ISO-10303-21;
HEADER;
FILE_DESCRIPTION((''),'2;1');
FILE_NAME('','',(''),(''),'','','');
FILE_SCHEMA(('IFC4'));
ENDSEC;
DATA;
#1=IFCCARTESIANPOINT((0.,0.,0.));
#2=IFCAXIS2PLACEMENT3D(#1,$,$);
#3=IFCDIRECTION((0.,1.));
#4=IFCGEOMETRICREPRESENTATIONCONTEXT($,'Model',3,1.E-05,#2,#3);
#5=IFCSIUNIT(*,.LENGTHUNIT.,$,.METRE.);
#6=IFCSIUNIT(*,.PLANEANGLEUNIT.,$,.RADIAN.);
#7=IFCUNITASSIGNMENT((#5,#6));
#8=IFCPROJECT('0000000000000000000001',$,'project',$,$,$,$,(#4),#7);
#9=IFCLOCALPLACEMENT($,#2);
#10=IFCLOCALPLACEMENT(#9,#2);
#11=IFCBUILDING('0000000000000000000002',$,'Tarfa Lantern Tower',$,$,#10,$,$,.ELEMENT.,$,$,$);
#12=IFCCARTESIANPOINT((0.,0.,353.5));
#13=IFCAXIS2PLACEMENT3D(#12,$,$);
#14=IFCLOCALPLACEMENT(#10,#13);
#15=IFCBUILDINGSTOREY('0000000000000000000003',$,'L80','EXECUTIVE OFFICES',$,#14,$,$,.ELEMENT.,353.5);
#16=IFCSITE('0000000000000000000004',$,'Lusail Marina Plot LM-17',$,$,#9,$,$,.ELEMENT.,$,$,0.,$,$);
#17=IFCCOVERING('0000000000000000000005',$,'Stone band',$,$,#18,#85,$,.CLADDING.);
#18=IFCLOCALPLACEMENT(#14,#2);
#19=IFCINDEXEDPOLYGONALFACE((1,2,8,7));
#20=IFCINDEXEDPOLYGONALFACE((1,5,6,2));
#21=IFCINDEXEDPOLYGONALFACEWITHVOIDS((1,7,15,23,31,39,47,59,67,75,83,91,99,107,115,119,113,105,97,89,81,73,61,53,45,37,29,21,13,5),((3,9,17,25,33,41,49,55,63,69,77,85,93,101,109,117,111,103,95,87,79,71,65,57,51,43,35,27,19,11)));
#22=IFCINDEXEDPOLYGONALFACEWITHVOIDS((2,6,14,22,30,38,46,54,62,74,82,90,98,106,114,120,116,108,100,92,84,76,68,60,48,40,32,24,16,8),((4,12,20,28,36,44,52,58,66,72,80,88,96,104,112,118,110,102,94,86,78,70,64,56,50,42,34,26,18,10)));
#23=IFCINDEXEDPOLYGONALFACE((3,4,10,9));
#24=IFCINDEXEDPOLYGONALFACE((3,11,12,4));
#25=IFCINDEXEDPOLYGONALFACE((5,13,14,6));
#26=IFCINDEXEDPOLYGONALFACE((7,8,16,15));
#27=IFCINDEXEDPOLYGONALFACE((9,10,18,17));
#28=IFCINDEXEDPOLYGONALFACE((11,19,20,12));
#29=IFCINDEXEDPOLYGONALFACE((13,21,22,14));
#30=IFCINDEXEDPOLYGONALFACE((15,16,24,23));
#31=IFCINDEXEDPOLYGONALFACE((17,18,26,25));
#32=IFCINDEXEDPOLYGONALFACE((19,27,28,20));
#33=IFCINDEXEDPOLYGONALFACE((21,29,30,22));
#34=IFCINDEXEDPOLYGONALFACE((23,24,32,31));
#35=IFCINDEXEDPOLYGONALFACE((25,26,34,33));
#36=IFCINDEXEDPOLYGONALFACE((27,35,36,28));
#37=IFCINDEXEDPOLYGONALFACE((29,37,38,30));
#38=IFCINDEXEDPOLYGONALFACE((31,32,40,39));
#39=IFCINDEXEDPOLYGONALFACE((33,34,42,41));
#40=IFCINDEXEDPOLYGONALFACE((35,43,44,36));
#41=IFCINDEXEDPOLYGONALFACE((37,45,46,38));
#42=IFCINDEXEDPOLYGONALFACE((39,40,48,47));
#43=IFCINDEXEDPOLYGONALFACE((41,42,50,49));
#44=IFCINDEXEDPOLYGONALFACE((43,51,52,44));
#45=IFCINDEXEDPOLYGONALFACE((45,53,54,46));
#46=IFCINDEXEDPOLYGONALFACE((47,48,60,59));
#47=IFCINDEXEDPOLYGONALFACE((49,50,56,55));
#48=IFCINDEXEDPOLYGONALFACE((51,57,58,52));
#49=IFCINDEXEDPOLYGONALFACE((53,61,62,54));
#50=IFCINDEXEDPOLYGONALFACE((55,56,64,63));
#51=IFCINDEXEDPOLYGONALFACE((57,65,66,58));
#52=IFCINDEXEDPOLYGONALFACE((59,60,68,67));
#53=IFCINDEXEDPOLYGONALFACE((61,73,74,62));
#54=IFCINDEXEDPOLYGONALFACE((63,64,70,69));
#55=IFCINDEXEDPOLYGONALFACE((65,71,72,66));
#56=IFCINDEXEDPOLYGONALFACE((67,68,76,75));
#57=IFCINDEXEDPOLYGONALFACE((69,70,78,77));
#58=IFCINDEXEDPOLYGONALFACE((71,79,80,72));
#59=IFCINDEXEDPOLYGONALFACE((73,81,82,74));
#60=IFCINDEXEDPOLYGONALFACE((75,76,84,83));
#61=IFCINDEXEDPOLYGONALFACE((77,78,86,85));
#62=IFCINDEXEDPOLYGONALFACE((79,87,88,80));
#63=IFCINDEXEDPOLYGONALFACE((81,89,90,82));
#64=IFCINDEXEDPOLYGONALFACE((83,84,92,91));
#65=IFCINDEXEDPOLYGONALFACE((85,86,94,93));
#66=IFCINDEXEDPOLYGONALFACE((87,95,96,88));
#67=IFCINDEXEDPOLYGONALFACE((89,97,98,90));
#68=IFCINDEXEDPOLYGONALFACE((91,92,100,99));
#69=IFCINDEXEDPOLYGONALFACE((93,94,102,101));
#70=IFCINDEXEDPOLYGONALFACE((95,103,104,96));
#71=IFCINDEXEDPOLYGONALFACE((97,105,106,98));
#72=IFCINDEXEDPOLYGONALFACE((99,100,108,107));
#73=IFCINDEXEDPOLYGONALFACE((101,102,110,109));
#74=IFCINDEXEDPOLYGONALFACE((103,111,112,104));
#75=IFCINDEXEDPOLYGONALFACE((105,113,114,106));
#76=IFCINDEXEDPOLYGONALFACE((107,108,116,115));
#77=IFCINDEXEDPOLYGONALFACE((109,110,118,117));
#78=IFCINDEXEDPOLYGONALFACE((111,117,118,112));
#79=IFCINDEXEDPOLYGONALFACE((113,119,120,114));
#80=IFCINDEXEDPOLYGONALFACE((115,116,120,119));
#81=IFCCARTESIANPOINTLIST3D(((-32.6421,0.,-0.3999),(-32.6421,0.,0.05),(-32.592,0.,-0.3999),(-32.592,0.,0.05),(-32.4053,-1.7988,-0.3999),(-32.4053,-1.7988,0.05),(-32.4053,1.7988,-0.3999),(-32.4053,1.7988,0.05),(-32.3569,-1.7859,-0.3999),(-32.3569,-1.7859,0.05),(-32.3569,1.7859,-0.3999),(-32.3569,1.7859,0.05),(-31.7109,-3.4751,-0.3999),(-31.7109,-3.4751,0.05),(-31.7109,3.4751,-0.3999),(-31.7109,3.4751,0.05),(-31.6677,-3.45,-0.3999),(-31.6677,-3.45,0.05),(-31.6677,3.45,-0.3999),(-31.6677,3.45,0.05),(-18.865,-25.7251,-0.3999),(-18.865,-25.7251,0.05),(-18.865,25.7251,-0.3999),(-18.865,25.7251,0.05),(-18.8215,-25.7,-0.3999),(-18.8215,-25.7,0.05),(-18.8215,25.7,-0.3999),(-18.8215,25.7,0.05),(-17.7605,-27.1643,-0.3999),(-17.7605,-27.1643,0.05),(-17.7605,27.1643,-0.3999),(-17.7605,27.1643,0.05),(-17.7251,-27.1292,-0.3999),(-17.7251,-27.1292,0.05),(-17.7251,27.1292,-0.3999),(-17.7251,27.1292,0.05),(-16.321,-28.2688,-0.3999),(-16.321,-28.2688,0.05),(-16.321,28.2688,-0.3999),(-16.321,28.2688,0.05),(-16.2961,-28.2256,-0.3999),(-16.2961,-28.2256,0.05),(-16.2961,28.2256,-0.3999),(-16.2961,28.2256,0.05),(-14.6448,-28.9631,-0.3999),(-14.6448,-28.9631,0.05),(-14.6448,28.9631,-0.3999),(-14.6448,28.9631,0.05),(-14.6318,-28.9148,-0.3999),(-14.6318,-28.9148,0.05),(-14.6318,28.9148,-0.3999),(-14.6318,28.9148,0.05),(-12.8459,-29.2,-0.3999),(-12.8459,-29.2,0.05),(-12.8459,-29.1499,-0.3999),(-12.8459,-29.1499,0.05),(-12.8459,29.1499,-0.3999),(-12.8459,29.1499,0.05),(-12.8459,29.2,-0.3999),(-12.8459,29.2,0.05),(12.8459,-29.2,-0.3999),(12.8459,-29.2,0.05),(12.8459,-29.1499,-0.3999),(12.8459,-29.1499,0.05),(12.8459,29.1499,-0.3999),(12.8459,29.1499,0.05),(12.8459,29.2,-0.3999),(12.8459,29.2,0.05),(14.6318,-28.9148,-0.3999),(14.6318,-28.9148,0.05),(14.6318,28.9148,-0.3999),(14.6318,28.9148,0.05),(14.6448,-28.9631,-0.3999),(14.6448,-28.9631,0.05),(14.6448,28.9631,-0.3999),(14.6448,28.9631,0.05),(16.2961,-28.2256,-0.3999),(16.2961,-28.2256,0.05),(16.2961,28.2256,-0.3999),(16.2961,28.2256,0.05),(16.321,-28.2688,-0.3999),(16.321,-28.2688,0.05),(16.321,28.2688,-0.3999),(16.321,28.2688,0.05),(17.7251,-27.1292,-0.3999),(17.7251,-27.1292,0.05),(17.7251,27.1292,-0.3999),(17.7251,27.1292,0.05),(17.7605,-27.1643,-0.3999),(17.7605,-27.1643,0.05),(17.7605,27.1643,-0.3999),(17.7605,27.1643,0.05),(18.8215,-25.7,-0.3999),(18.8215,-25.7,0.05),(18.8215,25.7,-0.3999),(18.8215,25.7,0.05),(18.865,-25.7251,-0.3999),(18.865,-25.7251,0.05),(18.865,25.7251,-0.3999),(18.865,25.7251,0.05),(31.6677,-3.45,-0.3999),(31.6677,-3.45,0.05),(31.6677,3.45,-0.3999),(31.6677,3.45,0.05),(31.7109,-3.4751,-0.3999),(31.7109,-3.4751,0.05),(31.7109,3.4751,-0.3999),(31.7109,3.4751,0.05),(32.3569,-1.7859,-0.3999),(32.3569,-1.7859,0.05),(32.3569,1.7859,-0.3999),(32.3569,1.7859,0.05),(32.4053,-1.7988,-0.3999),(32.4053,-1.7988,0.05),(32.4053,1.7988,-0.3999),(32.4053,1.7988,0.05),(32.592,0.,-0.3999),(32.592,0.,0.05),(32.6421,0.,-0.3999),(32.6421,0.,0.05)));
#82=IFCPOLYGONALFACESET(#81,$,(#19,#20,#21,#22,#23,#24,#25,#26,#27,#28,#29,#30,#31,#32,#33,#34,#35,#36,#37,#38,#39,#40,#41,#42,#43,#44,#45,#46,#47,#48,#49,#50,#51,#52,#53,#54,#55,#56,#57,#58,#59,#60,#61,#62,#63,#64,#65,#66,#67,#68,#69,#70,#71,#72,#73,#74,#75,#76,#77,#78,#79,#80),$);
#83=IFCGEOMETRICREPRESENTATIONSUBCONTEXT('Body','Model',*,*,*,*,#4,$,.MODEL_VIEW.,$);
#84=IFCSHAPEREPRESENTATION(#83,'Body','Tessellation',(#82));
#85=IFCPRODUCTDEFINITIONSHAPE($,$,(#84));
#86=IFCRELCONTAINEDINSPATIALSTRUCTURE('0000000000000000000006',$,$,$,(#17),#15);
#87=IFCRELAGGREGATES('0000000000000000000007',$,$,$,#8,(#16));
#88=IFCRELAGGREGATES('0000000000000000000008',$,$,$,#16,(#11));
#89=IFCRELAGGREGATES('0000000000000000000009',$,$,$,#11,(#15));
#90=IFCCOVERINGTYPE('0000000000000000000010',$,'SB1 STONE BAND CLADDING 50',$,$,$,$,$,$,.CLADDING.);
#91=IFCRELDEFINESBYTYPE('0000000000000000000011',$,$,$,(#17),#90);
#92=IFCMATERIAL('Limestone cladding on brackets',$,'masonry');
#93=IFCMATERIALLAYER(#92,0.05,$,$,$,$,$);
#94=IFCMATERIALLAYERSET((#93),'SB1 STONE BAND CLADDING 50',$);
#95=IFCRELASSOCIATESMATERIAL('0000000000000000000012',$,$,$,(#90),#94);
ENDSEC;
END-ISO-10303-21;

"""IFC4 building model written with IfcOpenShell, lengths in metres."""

from ifc_helpers import new_model, si_unit, direction, frame, origin, place, context, subcontext, project, spatial, polyline, outline, extrude, material, layer, layer_set, type_object, element, save


model = new_model("IFC4")

# Units and contexts
model_context = context("Model", 3, precision=1e-05, world=origin(), true_north=direction((0.0, 1.0)))
body_context = subcontext(model_context, "Body", "Model", "MODEL_VIEW")
ifc_project = project(units=[si_unit("LENGTHUNIT", "METRE"), si_unit("PLANEANGLEUNIT", "RADIAN")], contexts=[model_context])

# Site, building, storey
site_placement = place(None, origin())
site = spatial("IfcSite", under=ifc_project, at=site_placement, Name="Lusail Marina Plot LM-17", CompositionType="ELEMENT", RefElevation=0.0)
building_placement = place(site_placement, origin())
building = spatial("IfcBuilding", under=site, at=building_placement, Name="Tarfa Lantern Tower", CompositionType="ELEMENT")
storey_placement = place(building_placement, frame((0.0, 0.0, 353.5)))
storey = spatial("IfcBuildingStorey", under=building, at=storey_placement, Name="L80", Description="EXECUTIVE OFFICES", CompositionType="ELEMENT", Elevation=353.5)

# Covering
ifc_material_1 = material(Name="Limestone cladding on brackets", Category="masonry")
ifc_layer_1 = layer(ifc_material_1, 0.05)
ifc_layer_set_1 = layer_set([ifc_layer_1], Name="SB1 STONE BAND CLADDING 50")
covering_type_1 = type_object("IfcCoveringType", Name="SB1 STONE BAND CLADDING 50", PredefinedType="CLADDING", material=ifc_layer_set_1)
covering_1_placement = place(storey_placement, frame((0.0, 0.0, -0.3999)))
element("IfcCovering", 1, at=covering_1_placement, inside=storey, type_object=covering_type_1, Name="Stone band", PredefinedType="CLADDING", context=body_context, shape_type="SweptSolid", body=[
    extrude(outline(polyline([(31.7109, 3.4751), (18.865, 25.7251), (17.7605, 27.1643), (16.321, 28.2688), (14.6448, 28.9631), (12.8459, 29.2), (-12.8459, 29.2), (-14.6448, 28.9631), (-16.321, 28.2688), (-17.7605, 27.1643), (-18.865, 25.7251), (-31.7109, 3.4751), (-32.4053, 1.7988), (-32.6421, 0.0), (-32.4053, -1.7988), (-31.7109, -3.4751), (-18.865, -25.7251), (-17.7605, -27.1643), (-16.321, -28.2688), (-14.6448, -28.9631), (-12.8459, -29.2), (12.8459, -29.2), (14.6448, -28.9631), (16.321, -28.2688), (17.7605, -27.1643), (18.865, -25.7251), (31.7109, -3.4751), (32.4053, -1.7988), (32.6421, 0.0), (32.4053, 1.7988), (31.7109, 3.4751)]), holes=[polyline([(31.6677, 3.45), (18.8215, 25.7), (17.7251, 27.1292), (16.2961, 28.2256), (14.6318, 28.9148), (12.8459, 29.1499), (-12.8459, 29.1499), (-14.6318, 28.9148), (-16.2961, 28.2256), (-17.7251, 27.1292), (-18.8215, 25.7), (-31.6677, 3.45), (-32.3569, 1.7859), (-32.592, 0.0), (-32.3569, -1.7859), (-31.6677, -3.45), (-18.8215, -25.7), (-17.7251, -27.1292), (-16.2961, -28.2256), (-14.6318, -28.9148), (-12.8459, -29.1499), (12.8459, -29.1499), (14.6318, -28.9148), (16.2961, -28.2256), (17.7251, -27.1292), (18.8215, -25.7), (31.6677, -3.45), (32.3569, -1.7859), (32.592, 0.0), (32.3569, 1.7859), (31.6677, 3.45)])]), origin(), (0.0, 0.0, 1.0), 0.45),
])

save(model, "model.ifc")
